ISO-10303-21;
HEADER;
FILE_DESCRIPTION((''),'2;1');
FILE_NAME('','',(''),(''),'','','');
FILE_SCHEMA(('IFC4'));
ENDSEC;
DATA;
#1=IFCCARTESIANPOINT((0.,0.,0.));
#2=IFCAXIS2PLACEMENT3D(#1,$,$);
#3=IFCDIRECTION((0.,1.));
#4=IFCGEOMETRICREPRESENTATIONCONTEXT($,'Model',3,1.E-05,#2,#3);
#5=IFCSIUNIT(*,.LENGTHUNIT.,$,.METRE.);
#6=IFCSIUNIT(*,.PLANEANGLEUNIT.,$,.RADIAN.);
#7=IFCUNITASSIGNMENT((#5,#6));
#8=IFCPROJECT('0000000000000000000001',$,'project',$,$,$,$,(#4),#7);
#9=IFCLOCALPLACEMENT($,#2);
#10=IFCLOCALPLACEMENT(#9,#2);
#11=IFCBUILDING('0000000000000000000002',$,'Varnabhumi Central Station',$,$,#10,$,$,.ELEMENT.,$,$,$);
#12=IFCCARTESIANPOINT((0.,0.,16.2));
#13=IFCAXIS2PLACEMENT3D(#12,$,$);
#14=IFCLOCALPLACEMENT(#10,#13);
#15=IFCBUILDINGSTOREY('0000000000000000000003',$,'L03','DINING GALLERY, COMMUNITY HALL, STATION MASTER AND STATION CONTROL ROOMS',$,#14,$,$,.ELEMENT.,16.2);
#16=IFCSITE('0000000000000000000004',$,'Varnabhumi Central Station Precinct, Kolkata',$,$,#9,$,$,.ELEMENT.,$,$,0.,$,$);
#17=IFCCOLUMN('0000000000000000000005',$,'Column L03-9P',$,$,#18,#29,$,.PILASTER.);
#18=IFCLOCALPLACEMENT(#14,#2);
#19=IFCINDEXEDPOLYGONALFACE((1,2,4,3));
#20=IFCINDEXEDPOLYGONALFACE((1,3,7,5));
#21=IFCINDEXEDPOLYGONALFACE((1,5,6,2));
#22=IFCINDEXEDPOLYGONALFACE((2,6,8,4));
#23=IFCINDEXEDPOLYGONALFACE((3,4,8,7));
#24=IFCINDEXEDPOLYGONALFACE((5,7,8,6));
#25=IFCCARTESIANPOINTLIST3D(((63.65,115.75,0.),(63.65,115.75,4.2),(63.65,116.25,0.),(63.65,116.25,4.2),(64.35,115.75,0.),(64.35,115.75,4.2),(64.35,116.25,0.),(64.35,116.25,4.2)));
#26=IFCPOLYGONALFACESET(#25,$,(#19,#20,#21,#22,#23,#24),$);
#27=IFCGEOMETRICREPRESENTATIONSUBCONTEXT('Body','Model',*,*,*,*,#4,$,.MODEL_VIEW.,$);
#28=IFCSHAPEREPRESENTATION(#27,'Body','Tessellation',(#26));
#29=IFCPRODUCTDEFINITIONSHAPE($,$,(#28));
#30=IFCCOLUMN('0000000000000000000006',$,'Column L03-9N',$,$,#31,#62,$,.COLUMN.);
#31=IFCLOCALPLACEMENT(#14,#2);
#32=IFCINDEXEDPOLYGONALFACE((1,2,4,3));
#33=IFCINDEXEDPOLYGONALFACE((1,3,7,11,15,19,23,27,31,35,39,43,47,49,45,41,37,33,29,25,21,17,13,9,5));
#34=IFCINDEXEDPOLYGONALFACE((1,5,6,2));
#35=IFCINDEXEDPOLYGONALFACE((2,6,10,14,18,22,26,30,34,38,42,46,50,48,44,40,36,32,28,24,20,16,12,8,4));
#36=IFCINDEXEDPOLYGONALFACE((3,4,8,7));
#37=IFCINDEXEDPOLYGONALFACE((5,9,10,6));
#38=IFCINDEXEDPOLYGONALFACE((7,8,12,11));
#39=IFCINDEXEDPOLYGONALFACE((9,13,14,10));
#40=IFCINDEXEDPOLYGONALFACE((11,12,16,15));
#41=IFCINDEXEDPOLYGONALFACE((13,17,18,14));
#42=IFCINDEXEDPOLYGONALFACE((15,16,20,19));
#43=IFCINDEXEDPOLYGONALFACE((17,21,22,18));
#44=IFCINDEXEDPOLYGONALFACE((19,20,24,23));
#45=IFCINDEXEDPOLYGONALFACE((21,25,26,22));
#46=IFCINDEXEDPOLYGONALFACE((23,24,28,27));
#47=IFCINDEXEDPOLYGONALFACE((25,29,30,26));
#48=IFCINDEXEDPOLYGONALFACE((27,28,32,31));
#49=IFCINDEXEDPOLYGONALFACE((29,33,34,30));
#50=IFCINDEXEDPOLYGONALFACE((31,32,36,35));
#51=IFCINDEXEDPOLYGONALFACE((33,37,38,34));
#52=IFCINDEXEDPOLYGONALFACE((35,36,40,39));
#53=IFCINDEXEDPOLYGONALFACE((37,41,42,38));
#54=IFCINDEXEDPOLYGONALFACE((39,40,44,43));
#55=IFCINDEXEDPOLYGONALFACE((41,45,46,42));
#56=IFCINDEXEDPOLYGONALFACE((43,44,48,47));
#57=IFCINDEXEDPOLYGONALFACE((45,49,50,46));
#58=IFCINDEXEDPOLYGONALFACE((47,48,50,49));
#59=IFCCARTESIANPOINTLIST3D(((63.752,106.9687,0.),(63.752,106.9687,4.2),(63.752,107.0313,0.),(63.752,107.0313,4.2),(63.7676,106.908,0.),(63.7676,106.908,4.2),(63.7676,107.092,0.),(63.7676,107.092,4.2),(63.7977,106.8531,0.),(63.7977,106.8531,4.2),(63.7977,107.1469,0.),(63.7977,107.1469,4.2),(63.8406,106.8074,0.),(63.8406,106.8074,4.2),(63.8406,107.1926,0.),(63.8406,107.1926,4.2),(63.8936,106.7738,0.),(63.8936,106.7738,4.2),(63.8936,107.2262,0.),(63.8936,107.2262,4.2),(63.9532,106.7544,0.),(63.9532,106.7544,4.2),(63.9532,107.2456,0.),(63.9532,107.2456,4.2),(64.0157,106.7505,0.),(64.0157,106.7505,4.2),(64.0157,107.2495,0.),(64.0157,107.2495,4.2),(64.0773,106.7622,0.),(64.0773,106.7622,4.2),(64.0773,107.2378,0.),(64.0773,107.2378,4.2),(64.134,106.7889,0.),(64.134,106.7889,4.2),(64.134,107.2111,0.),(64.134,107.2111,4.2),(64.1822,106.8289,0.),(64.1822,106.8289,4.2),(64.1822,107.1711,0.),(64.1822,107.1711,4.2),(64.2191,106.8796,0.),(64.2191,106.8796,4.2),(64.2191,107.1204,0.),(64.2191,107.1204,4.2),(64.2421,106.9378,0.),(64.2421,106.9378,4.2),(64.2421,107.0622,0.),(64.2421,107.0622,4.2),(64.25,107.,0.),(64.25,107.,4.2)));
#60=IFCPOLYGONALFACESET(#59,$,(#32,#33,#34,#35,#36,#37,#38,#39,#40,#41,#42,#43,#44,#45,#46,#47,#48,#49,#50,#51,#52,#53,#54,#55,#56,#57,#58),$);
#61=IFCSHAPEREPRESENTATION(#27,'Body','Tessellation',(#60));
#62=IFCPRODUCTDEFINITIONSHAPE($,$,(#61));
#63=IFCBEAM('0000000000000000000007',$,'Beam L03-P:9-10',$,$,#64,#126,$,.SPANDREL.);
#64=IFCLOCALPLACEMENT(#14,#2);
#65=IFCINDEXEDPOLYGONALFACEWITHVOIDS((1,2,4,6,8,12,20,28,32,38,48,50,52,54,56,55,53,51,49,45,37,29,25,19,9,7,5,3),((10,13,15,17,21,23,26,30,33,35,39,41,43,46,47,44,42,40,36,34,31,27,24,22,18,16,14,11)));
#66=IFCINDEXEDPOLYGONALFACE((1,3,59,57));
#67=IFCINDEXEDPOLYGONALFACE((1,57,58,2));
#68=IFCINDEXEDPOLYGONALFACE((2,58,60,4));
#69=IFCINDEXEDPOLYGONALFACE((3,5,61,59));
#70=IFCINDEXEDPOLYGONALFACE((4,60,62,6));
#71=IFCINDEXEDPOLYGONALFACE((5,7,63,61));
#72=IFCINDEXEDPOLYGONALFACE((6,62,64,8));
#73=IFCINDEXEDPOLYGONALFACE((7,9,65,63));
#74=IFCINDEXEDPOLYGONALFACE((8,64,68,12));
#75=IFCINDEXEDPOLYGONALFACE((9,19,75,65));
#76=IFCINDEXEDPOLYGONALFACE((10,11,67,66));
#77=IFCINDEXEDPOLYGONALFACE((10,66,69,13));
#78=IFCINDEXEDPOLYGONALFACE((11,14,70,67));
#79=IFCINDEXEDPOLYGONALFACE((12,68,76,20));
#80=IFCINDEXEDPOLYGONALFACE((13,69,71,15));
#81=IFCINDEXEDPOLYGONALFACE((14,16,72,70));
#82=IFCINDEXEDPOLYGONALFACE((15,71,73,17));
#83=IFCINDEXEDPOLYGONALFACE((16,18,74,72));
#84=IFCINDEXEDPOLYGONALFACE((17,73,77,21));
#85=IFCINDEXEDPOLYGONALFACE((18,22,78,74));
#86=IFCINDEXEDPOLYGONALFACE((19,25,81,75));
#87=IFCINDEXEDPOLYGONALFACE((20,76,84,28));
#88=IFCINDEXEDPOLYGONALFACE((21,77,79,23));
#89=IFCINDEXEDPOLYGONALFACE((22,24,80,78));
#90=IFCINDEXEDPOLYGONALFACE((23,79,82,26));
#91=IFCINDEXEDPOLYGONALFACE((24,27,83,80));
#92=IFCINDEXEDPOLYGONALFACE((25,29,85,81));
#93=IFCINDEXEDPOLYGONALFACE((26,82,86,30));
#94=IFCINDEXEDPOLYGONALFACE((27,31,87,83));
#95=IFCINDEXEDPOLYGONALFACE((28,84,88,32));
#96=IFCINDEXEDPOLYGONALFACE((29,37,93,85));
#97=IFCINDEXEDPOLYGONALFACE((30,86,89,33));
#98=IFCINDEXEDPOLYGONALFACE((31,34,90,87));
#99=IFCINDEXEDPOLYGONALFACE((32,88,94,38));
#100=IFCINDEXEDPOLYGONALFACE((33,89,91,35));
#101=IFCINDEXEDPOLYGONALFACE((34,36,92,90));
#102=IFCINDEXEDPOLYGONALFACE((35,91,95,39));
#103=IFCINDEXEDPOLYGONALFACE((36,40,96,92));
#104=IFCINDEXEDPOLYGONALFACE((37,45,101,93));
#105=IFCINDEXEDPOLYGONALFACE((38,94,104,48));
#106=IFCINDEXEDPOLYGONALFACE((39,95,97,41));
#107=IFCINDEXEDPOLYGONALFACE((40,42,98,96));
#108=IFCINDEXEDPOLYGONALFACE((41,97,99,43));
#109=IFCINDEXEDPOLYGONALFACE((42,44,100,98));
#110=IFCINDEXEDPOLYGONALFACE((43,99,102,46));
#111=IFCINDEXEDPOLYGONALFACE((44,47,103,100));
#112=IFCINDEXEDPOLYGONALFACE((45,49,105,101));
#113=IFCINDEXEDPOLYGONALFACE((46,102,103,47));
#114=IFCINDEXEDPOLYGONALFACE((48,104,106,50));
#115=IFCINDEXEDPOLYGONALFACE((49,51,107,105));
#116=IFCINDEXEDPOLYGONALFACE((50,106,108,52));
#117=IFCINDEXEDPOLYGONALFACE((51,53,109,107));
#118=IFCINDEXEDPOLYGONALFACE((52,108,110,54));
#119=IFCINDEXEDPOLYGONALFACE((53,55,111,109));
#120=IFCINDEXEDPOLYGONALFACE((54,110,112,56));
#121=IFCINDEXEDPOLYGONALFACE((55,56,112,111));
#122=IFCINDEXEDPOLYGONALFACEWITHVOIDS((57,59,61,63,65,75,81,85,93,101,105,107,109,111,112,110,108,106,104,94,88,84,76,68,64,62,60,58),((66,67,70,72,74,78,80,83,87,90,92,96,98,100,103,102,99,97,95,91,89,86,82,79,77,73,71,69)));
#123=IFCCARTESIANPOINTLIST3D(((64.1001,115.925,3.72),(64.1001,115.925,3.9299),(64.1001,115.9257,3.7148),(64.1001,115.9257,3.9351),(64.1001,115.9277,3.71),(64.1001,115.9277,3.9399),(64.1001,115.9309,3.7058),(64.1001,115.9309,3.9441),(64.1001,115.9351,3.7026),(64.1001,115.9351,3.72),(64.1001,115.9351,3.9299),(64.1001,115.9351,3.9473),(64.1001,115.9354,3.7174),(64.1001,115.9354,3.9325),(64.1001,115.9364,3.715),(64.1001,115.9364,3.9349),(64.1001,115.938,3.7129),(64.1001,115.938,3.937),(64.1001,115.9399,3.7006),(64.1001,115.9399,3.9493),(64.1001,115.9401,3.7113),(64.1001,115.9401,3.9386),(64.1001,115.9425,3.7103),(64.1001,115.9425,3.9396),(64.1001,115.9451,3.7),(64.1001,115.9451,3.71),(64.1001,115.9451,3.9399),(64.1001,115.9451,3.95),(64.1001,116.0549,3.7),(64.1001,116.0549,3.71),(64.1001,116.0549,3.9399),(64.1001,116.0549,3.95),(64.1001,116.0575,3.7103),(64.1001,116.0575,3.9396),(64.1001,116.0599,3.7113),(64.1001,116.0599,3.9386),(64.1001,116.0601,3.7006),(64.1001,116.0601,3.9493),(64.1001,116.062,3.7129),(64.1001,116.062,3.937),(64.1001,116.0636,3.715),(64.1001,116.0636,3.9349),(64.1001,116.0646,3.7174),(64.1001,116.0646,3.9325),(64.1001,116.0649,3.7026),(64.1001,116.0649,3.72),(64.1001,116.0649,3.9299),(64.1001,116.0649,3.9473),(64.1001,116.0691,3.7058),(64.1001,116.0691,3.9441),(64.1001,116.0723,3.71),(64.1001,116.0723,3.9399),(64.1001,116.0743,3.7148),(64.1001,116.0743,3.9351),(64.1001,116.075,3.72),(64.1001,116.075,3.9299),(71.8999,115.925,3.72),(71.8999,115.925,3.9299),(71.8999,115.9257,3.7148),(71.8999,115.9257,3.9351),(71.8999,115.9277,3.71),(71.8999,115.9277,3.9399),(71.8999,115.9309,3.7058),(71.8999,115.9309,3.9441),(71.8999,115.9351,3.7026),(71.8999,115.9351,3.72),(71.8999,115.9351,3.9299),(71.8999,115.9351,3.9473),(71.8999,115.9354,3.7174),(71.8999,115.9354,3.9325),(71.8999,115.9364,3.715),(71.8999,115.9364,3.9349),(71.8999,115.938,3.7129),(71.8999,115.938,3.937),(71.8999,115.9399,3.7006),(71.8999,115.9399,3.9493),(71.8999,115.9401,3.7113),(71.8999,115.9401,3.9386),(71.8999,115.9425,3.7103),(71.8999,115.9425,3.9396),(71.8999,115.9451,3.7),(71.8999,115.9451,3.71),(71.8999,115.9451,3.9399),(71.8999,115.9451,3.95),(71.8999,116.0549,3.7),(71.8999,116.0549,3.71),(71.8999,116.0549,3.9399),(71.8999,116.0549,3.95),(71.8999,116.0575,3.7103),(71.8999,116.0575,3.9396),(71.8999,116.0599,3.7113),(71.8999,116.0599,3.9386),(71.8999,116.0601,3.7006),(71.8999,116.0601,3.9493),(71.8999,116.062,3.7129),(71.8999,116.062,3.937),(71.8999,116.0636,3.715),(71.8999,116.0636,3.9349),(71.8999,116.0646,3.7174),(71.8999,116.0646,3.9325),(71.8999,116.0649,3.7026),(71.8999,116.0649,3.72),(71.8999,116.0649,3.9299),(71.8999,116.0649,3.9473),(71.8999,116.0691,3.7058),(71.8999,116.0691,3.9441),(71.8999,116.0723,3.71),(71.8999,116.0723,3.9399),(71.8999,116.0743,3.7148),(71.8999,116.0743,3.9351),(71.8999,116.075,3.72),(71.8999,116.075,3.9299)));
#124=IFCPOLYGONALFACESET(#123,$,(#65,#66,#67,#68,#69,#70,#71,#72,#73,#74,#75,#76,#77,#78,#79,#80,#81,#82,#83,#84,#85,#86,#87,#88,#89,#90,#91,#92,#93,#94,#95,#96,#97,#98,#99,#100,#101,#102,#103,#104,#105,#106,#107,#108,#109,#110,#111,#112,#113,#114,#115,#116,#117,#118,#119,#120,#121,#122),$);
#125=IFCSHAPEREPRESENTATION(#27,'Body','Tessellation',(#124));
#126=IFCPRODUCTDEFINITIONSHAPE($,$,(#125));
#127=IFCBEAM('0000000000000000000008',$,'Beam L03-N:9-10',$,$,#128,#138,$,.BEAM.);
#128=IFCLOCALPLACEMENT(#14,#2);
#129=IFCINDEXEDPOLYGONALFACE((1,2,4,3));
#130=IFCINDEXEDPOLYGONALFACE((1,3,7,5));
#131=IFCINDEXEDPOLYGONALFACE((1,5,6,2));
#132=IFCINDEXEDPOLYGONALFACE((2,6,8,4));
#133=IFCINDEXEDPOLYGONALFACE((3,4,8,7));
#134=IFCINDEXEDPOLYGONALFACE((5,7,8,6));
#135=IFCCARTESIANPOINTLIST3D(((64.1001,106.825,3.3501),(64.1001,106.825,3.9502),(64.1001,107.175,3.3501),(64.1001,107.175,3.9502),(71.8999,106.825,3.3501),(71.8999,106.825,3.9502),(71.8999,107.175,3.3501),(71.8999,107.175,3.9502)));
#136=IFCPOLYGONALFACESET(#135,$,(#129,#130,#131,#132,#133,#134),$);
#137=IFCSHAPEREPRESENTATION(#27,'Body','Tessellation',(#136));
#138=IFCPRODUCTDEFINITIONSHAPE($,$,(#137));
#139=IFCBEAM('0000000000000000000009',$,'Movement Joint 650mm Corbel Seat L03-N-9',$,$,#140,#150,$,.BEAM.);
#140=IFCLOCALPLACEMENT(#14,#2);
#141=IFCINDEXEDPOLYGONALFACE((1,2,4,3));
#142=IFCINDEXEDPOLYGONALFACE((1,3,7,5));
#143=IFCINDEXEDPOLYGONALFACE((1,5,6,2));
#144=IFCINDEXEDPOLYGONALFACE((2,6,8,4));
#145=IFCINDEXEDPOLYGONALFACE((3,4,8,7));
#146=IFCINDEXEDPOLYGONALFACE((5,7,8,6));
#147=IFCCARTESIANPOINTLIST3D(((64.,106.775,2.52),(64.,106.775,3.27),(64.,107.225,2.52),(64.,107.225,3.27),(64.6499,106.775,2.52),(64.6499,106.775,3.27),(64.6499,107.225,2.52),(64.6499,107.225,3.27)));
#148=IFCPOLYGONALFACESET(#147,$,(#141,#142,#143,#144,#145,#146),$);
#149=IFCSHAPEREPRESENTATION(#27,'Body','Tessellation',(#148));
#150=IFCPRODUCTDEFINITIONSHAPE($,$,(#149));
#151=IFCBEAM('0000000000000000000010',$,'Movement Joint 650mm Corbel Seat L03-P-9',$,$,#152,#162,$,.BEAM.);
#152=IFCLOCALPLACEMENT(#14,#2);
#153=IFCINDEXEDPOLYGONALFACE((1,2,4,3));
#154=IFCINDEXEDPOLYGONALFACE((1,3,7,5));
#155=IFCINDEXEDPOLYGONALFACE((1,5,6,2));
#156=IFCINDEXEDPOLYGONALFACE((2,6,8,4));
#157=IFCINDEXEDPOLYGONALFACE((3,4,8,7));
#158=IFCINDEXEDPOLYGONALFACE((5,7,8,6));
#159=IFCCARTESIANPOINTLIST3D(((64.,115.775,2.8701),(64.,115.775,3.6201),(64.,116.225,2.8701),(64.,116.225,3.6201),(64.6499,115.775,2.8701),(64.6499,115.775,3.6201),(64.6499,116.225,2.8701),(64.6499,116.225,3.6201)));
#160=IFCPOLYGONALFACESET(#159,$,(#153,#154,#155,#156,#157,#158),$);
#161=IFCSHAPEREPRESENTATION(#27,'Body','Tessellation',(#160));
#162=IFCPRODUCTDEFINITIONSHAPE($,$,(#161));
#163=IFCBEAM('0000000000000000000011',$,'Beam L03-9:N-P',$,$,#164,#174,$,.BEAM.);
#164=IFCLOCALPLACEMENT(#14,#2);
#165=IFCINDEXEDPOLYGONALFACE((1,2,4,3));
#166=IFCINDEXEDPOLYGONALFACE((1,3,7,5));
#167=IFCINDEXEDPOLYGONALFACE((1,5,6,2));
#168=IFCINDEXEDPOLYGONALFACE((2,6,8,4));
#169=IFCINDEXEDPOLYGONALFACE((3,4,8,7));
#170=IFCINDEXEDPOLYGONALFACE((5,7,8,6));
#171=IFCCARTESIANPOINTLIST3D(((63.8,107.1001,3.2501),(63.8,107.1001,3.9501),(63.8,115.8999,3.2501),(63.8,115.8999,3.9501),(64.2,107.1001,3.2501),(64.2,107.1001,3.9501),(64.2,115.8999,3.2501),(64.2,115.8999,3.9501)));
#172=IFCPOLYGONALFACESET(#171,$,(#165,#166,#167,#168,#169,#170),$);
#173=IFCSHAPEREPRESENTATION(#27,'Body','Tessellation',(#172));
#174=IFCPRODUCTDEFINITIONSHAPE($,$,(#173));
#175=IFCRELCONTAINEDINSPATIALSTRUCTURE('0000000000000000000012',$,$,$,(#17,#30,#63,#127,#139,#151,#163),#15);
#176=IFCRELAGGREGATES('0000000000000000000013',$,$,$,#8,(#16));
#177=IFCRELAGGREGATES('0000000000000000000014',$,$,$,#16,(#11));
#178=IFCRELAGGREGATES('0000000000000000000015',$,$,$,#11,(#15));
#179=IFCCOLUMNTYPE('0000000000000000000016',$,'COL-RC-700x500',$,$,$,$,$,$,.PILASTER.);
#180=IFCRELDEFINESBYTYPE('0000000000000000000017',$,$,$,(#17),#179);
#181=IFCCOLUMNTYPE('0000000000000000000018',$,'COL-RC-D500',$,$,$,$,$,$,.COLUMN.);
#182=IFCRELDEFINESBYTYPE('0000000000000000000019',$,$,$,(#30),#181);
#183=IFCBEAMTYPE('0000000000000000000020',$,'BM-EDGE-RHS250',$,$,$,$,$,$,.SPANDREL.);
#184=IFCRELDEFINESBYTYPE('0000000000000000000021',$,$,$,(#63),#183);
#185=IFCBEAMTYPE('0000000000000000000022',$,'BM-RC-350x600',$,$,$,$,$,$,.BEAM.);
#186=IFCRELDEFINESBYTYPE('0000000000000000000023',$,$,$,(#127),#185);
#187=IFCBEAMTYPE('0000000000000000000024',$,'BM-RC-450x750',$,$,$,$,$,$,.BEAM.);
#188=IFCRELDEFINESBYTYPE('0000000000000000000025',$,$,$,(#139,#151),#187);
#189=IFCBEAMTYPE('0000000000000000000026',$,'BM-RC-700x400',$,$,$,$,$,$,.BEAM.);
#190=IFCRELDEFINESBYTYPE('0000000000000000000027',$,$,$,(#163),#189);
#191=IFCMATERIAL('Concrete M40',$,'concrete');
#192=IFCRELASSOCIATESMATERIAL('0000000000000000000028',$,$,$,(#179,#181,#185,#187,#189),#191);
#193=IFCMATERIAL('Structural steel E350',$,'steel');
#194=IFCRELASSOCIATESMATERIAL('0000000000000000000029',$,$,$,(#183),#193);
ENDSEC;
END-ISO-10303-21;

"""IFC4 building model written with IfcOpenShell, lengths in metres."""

from ifc_helpers import new_model, si_unit, direction, frame, origin, origin_2d, place, context, subcontext, project, spatial, rectangle, hollow_rectangle, circle, extrude, material, material_profile, profile_set, type_object, element, save


model = new_model("IFC4")

# Units and contexts
model_context = context("Model", 3, precision=1e-05, world=origin(), true_north=direction((0.0, 1.0)))
body_context = subcontext(model_context, "Body", "Model", "MODEL_VIEW")
ifc_project = project(units=[si_unit("LENGTHUNIT", "METRE"), si_unit("PLANEANGLEUNIT", "RADIAN")], contexts=[model_context])

# Site, building, storey
site_placement = place(None, origin())
site = spatial("IfcSite", under=ifc_project, at=site_placement, Name="Varnabhumi Central Station Precinct, Kolkata", CompositionType="ELEMENT", RefElevation=0.0)
building_placement = place(site_placement, origin())
building = spatial("IfcBuilding", under=site, at=building_placement, Name="Varnabhumi Central Station", CompositionType="ELEMENT")
storey_placement = place(building_placement, frame((0.0, 0.0, 16.2)))
storey = spatial("IfcBuildingStorey", under=building, at=storey_placement, Name="L03", Description="DINING GALLERY, COMMUNITY HALL, STATION MASTER AND STATION CONTROL ROOMS", CompositionType="ELEMENT", Elevation=16.2)

# Columns
ifc_material_1 = material(Name="Concrete M40", Category="concrete")
ifc_material_profile_1 = material_profile(ifc_material_1, rectangle(XDim=0.7, YDim=0.5, at=origin_2d()), Name="Concrete M40", Category="concrete")
ifc_profile_set_1 = profile_set([ifc_material_profile_1], Name="Concrete M40")
column_type_1 = type_object("IfcColumnType", Name="COL-RC-700x500", PredefinedType="PILASTER", material=ifc_profile_set_1)
column_1_placement = place(storey_placement, frame((64.0, 116.0, 0.0), z_axis=(0.0, 0.0, 1.0), x_axis=(1.0, 0.0, 0.0)))
element("IfcColumn", 1, at=column_1_placement, inside=storey, type_object=column_type_1, Name="Column L03-9P", PredefinedType="PILASTER", context=body_context, shape_type="SweptSolid", body=[
    extrude(rectangle(XDim=0.7, YDim=0.5, at=origin_2d()), origin(), (0.0, 0.0, 1.0), 4.2),
])
ifc_material_profile_2 = material_profile(ifc_material_1, circle(Radius=0.25, at=origin_2d()), Name="Concrete M40", Category="concrete")
ifc_profile_set_2 = profile_set([ifc_material_profile_2], Name="Concrete M40")
column_type_2 = type_object("IfcColumnType", Name="COL-RC-D500", PredefinedType="COLUMN", material=ifc_profile_set_2)
column_2_placement = place(storey_placement, frame((64.0, 107.0, 0.0), z_axis=(0.0, 0.0, 1.0), x_axis=(1.0, 0.0, 0.0)))
element("IfcColumn", 2, at=column_2_placement, inside=storey, type_object=column_type_2, Name="Column L03-9N", PredefinedType="COLUMN", context=body_context, shape_type="SweptSolid", body=[
    extrude(circle(Radius=0.25, at=origin_2d()), origin(), (0.0, 0.0, 1.0), 4.2),
])

# Beams
ifc_material_2 = material(Name="Structural steel E350", Category="steel")
ifc_material_profile_3 = material_profile(ifc_material_2, hollow_rectangle(XDim=0.1499, YDim=0.25, WallThickness=0.01, InnerFilletRadius=0.01, OuterFilletRadius=0.02, at=origin_2d()), Name="Structural steel E350", Category="steel")
ifc_profile_set_3 = profile_set([ifc_material_profile_3], Name="Structural steel E350")
beam_type_1 = type_object("IfcBeamType", Name="BM-EDGE-RHS250", PredefinedType="SPANDREL", material=ifc_profile_set_3)
beam_1_placement = place(storey_placement, frame((64.1001, 116.0, 3.825), z_axis=(1.0, 0.0, 0.0), x_axis=(0.0, 1.0, 0.0)))
element("IfcBeam", 3, at=beam_1_placement, inside=storey, type_object=beam_type_1, Name="Beam L03-P:9-10", PredefinedType="SPANDREL", context=body_context, shape_type="SweptSolid", body=[
    extrude(hollow_rectangle(XDim=0.1499, YDim=0.25, WallThickness=0.01, InnerFilletRadius=0.01, OuterFilletRadius=0.02, at=origin_2d()), origin(), (0.0, 0.0, 1.0), 7.7998),
])
ifc_material_profile_4 = material_profile(ifc_material_1, rectangle(XDim=0.3501, YDim=0.6001, at=origin_2d()), Name="Concrete M40", Category="concrete")
ifc_profile_set_4 = profile_set([ifc_material_profile_4], Name="Concrete M40")
beam_type_2 = type_object("IfcBeamType", Name="BM-RC-350x600", PredefinedType="BEAM", material=ifc_profile_set_4)
beam_2_placement = place(storey_placement, frame((64.1001, 107.0, 3.6501), z_axis=(1.0, 0.0, 0.0), x_axis=(0.0, 1.0, 0.0)))
element("IfcBeam", 4, at=beam_2_placement, inside=storey, type_object=beam_type_2, Name="Beam L03-N:9-10", PredefinedType="BEAM", context=body_context, shape_type="SweptSolid", body=[
    extrude(rectangle(XDim=0.3501, YDim=0.6001, at=origin_2d()), origin(), (0.0, 0.0, 1.0), 7.7998),
])
ifc_material_profile_5 = material_profile(ifc_material_1, rectangle(XDim=0.45, YDim=0.75, at=origin_2d()), Name="Concrete M40", Category="concrete")
ifc_profile_set_5 = profile_set([ifc_material_profile_5], Name="Concrete M40")
beam_type_3 = type_object("IfcBeamType", Name="BM-RC-450x750", PredefinedType="BEAM", material=ifc_profile_set_5)
for number, where, z_axis, x_axis, name in (
    (5, (64.0, 107.0, 2.895), (1.0, 0.0, 0.0), (0.0, 1.0, 0.0), "Movement Joint 650mm Corbel Seat L03-N-9"),
    (6, (64.0, 116.0, 3.2451), (1.0, 0.0, 0.0), (0.0, 1.0, 0.0), "Movement Joint 650mm Corbel Seat L03-P-9"),
):
    element("IfcBeam", number, at=place(storey_placement, frame(where, z_axis=z_axis, x_axis=x_axis)), inside=storey, type_object=beam_type_3, Name=name, PredefinedType="BEAM", context=body_context, shape_type="SweptSolid", body=[
        extrude(rectangle(XDim=0.45, YDim=0.75, at=origin_2d()), origin(), (0.0, 0.0, 1.0), 0.6499),
    ])
ifc_material_profile_6 = material_profile(ifc_material_1, rectangle(XDim=0.3999, YDim=0.7, at=origin_2d()), Name="Concrete M40", Category="concrete")
ifc_profile_set_6 = profile_set([ifc_material_profile_6], Name="Concrete M40")
beam_type_4 = type_object("IfcBeamType", Name="BM-RC-700x400", PredefinedType="BEAM", material=ifc_profile_set_6)
beam_3_placement = place(storey_placement, frame((64.0, 107.1001, 3.6001), z_axis=(0.0, 1.0, 0.0), x_axis=(-1.0, 0.0, 0.0)))
element("IfcBeam", 7, at=beam_3_placement, inside=storey, type_object=beam_type_4, Name="Beam L03-9:N-P", PredefinedType="BEAM", context=body_context, shape_type="SweptSolid", body=[
    extrude(rectangle(XDim=0.3999, YDim=0.7, at=origin_2d()), origin(), (0.0, 0.0, 1.0), 8.7998),
])

save(model, "model.ifc")
